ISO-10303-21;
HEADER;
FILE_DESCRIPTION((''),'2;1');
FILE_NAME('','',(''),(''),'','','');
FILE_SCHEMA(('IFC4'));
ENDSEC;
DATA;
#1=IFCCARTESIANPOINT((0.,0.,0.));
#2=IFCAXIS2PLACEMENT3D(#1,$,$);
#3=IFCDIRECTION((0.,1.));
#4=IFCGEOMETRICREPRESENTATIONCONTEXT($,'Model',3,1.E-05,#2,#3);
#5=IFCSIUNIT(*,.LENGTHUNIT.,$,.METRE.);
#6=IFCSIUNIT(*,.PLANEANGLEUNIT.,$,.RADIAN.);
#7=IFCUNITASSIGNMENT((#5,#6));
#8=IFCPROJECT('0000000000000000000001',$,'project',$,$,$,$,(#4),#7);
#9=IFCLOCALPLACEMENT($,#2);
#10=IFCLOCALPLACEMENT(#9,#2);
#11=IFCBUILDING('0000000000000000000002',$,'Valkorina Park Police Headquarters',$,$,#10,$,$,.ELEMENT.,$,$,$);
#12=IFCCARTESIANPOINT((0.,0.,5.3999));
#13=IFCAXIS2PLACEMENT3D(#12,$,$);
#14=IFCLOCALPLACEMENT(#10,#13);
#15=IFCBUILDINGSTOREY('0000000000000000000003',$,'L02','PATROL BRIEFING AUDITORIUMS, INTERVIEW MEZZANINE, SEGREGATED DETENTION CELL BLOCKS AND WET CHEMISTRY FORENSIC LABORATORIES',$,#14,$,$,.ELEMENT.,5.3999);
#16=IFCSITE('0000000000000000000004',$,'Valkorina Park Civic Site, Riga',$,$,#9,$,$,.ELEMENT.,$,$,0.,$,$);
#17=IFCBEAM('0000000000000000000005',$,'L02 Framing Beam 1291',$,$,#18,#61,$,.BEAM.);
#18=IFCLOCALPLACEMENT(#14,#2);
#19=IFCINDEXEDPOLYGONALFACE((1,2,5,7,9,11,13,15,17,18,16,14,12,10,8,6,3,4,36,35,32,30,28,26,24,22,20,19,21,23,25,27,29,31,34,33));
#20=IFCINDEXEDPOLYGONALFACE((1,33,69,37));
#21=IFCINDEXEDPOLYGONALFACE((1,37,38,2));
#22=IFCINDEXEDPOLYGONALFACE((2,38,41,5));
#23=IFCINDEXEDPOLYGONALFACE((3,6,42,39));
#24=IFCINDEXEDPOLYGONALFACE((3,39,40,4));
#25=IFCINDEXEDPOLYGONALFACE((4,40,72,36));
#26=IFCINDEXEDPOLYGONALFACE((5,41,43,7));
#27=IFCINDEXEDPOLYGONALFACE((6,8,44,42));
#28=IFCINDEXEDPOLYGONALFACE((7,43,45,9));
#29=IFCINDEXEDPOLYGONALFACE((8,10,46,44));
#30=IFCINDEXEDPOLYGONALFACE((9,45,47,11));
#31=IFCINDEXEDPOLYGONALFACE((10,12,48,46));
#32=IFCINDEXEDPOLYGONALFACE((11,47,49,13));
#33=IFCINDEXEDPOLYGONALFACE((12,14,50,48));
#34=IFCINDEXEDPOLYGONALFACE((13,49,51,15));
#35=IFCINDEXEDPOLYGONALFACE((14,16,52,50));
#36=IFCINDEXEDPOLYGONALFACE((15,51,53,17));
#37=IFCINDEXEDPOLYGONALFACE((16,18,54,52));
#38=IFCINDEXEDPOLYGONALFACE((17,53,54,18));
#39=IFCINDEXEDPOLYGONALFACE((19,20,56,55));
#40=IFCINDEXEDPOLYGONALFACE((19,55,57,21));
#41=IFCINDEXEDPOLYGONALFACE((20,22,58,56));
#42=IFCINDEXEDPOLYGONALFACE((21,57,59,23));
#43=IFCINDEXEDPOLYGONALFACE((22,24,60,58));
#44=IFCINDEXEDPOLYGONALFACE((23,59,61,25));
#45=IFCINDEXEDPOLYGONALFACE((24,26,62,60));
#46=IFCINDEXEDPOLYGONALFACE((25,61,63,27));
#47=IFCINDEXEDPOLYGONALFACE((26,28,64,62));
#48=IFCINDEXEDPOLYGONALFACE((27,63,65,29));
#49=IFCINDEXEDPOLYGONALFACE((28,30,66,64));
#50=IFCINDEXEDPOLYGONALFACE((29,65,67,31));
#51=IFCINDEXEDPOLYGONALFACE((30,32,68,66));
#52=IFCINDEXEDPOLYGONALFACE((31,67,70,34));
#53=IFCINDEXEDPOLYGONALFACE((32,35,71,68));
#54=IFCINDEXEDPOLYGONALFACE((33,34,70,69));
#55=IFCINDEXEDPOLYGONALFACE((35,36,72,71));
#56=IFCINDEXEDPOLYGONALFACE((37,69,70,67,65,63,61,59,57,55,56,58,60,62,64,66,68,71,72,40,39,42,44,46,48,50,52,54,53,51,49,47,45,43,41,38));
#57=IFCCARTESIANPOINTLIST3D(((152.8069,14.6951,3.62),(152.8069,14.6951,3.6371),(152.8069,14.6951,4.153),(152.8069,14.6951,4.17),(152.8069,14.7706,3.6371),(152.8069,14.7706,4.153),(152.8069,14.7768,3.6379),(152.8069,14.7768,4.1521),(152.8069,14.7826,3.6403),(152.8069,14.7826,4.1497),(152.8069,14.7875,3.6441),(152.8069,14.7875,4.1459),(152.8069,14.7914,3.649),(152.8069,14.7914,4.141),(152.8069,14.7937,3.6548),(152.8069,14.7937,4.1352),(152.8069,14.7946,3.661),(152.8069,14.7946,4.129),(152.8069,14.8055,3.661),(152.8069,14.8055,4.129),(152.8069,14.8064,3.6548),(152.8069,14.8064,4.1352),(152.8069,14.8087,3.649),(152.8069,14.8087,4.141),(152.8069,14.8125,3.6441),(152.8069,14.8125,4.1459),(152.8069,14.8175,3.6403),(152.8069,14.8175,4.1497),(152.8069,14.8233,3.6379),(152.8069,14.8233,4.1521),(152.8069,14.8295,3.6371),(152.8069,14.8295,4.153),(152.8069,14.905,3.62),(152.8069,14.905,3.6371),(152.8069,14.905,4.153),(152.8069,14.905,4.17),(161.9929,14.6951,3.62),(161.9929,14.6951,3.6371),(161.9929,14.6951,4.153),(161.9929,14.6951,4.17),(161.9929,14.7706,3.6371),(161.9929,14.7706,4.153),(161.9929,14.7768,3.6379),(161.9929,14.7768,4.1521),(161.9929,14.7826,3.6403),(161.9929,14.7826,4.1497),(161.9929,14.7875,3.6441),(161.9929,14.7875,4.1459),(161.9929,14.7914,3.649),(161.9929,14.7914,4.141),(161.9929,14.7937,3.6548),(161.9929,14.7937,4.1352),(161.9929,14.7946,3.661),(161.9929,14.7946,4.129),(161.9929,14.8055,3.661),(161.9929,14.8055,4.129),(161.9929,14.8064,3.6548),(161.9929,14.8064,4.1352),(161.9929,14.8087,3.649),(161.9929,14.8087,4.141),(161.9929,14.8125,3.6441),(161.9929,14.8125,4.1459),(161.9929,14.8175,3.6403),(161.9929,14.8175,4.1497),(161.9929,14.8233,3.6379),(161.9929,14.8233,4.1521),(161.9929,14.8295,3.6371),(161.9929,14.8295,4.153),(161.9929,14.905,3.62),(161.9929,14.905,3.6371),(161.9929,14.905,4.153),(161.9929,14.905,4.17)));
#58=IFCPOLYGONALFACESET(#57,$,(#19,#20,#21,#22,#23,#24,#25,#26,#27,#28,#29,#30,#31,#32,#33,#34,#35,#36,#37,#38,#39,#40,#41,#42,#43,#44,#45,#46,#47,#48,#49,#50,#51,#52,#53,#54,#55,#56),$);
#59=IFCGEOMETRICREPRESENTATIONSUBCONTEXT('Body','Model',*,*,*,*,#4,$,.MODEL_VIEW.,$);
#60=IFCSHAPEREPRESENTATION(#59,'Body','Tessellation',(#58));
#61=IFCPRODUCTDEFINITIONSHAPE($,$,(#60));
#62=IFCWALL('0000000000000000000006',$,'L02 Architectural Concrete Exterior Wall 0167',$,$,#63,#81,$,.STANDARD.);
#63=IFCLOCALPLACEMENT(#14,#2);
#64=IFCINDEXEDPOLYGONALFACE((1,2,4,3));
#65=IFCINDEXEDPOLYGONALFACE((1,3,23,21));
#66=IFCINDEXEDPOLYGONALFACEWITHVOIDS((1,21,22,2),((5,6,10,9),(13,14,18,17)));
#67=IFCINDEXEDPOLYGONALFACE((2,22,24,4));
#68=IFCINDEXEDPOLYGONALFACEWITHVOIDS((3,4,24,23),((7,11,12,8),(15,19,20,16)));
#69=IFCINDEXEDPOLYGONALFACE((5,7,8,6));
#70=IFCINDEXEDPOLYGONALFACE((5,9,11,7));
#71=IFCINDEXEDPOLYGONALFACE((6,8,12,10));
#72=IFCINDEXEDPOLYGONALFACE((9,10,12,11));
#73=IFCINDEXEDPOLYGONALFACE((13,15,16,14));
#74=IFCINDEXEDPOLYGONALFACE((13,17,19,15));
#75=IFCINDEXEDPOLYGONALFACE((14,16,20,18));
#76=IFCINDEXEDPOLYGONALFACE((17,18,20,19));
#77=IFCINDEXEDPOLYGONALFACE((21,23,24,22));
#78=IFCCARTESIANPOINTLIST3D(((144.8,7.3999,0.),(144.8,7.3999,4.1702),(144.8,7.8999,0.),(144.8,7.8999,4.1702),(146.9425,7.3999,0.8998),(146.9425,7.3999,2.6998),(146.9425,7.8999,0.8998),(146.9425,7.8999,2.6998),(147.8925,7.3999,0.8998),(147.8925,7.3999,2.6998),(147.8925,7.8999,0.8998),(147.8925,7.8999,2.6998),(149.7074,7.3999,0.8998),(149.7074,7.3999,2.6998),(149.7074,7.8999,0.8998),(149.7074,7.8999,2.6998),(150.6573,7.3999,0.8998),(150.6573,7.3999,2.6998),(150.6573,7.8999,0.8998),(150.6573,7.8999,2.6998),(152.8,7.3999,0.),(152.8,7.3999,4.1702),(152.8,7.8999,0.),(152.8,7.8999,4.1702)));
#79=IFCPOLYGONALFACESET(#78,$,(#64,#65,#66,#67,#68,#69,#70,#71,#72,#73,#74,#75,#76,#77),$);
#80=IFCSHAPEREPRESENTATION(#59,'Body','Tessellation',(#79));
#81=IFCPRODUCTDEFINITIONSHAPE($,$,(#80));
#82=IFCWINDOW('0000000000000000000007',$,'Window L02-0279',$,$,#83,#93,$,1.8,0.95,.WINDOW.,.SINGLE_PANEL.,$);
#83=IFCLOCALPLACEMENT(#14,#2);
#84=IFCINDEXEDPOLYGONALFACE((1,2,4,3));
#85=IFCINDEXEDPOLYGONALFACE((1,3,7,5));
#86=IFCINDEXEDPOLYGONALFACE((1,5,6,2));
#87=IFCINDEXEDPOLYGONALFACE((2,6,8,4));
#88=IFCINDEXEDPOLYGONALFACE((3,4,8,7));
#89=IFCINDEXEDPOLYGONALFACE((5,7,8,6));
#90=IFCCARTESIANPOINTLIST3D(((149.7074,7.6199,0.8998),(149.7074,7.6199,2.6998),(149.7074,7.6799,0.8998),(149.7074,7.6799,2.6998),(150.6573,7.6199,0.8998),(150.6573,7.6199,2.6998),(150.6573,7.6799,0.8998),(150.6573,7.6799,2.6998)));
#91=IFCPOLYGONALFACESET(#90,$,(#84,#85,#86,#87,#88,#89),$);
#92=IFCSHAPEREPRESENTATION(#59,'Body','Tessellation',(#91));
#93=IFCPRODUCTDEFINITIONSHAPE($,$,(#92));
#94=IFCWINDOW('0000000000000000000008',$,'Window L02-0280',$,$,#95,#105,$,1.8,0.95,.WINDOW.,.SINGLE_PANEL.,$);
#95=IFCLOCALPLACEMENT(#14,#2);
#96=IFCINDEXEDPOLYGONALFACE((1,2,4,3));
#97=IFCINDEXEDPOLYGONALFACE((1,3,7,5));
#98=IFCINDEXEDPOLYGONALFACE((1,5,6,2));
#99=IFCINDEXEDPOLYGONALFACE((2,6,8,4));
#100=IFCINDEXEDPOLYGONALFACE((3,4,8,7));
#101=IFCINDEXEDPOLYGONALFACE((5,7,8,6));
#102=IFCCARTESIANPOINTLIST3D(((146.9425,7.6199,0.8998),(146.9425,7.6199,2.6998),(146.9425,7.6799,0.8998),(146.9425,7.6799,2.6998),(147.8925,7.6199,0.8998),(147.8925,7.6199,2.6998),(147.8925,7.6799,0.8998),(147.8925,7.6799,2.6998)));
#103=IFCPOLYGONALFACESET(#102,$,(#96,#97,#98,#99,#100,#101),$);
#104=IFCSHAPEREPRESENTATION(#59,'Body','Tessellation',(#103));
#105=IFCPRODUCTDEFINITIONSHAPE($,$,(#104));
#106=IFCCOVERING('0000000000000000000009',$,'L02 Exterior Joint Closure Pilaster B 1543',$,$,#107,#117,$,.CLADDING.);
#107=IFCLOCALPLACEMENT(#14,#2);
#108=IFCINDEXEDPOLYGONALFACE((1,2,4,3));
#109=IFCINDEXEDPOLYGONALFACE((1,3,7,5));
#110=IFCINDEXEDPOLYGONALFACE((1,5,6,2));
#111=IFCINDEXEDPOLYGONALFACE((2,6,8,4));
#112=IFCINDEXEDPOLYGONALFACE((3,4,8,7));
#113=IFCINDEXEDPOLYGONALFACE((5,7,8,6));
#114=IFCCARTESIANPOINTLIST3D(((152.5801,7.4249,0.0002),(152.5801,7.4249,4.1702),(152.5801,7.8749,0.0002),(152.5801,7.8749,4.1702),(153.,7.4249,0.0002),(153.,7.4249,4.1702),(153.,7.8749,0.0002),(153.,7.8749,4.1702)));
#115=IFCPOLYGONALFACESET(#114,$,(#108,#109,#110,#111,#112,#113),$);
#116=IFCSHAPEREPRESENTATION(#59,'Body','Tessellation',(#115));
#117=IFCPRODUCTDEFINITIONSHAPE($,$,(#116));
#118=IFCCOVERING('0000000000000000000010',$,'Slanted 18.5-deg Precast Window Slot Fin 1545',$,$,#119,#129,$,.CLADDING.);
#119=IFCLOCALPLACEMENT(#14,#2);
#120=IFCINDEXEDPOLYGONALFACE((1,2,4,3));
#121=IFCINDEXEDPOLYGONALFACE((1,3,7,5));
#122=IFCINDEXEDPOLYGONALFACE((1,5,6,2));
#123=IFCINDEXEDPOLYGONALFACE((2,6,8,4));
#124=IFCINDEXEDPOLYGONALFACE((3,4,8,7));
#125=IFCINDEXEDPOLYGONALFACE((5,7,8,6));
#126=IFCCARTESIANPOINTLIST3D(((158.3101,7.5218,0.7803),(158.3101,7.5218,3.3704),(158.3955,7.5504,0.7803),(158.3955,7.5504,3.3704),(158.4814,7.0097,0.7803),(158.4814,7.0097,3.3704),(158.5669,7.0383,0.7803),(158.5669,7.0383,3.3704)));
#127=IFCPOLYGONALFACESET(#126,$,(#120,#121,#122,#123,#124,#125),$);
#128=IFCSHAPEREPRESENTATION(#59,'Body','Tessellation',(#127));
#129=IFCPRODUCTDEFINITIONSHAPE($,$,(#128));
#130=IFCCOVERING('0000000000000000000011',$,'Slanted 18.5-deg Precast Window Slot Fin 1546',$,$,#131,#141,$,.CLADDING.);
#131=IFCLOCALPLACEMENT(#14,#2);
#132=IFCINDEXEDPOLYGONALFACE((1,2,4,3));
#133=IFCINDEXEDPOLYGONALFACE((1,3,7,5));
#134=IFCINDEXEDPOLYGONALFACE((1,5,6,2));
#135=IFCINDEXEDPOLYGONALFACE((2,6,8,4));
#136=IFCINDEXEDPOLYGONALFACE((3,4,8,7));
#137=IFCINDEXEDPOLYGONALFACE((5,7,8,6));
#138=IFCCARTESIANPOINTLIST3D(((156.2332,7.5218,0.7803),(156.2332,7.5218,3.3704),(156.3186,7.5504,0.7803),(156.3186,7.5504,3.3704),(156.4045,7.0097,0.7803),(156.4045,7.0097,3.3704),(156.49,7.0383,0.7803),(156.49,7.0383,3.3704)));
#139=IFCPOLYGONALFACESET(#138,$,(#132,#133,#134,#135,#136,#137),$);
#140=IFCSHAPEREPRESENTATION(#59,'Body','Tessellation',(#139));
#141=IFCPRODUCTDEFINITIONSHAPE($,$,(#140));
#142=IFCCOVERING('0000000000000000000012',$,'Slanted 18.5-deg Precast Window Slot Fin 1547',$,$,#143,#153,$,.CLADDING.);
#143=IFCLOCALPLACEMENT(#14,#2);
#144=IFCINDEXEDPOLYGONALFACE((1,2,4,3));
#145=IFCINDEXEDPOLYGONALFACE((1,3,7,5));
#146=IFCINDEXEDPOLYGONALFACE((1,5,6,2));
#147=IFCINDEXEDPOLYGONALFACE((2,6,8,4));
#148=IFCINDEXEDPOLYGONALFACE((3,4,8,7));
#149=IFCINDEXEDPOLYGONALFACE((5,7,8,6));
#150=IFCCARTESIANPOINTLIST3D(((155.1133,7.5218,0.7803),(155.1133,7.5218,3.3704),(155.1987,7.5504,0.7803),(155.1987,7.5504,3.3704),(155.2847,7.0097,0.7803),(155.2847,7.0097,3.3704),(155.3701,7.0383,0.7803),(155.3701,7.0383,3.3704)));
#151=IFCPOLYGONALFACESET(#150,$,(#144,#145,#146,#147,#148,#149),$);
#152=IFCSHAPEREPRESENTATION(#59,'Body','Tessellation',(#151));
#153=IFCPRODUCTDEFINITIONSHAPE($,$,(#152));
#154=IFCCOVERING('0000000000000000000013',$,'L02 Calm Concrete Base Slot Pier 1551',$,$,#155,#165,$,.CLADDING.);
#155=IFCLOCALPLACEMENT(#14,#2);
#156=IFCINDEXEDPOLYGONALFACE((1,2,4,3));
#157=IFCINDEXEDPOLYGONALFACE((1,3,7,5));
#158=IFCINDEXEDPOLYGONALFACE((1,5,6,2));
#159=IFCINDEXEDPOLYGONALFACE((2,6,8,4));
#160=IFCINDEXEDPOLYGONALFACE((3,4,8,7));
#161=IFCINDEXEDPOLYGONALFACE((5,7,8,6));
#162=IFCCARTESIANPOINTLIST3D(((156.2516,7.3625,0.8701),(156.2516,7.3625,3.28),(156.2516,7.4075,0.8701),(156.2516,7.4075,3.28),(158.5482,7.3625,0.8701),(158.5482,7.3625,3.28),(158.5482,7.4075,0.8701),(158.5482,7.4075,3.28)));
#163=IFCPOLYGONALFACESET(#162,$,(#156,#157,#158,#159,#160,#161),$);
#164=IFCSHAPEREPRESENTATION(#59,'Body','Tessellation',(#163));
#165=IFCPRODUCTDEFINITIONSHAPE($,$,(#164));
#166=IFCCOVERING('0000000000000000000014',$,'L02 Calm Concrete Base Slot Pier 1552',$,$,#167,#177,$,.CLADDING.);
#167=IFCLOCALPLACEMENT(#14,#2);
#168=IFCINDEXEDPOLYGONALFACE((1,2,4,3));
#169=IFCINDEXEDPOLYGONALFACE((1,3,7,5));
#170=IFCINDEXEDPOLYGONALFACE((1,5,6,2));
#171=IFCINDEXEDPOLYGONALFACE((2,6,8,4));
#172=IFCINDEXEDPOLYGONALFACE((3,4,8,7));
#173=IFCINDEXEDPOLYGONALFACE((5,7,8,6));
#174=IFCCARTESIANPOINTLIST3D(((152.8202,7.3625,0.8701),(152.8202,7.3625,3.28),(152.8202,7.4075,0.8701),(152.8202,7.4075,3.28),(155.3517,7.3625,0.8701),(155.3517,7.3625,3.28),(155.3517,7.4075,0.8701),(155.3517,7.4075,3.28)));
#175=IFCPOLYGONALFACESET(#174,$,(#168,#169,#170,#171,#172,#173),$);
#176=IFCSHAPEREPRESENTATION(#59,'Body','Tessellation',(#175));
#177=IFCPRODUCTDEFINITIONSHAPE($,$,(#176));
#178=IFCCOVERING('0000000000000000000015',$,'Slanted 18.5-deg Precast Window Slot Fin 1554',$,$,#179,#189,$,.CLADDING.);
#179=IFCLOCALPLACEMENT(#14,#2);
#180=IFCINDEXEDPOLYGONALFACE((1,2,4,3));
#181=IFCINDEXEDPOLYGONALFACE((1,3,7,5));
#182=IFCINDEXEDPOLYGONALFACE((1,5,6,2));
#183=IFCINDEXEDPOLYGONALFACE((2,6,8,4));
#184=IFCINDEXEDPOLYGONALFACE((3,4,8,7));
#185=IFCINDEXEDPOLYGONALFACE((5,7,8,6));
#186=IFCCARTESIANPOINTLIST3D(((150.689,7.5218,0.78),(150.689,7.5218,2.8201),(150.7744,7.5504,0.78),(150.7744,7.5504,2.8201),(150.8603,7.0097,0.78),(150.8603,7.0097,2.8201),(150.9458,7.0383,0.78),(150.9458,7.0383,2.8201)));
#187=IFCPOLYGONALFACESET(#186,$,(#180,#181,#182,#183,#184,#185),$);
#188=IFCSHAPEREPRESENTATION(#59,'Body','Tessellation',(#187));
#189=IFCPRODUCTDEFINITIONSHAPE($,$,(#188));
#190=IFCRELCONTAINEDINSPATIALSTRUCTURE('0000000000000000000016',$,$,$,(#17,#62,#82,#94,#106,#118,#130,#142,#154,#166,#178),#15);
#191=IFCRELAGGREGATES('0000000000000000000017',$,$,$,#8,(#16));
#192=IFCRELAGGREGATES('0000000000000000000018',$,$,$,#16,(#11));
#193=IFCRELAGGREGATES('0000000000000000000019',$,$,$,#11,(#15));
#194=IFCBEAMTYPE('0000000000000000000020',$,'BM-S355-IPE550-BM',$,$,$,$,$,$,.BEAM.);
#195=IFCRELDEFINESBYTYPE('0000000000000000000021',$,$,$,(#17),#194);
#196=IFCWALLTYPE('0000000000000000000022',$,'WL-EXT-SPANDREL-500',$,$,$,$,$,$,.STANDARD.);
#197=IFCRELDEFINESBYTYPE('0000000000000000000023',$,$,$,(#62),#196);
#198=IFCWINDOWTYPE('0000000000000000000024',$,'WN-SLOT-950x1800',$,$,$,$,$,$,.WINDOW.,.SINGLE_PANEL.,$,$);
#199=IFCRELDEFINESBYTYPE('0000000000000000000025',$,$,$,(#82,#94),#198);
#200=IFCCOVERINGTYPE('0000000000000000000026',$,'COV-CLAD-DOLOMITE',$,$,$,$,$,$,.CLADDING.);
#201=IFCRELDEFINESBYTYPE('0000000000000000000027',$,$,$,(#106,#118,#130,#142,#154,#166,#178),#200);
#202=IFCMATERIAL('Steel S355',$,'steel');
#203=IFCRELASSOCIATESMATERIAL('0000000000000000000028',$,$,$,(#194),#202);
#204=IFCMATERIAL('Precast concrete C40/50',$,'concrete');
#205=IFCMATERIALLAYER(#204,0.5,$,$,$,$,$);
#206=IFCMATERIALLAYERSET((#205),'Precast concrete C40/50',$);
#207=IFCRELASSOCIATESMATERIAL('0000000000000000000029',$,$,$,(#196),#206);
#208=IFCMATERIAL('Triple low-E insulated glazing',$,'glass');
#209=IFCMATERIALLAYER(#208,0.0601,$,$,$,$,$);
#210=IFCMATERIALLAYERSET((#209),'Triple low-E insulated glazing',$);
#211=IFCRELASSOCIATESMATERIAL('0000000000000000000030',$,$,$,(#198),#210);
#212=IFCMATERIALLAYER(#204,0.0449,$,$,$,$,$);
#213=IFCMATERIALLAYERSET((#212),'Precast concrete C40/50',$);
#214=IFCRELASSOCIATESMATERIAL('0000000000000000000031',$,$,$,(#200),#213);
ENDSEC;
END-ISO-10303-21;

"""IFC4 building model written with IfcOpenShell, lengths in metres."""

from ifc_helpers import new_model, si_unit, direction, frame, frame_2d, origin, origin_2d, place, context, subcontext, project, spatial, rectangle, i_section, extrude, material, layer, layer_set, material_profile, profile_set, type_object, element, fill, save


model = new_model("IFC4")

# Units and contexts
model_context = context("Model", 3, precision=1e-05, world=origin(), true_north=direction((0.0, 1.0)))
body_context = subcontext(model_context, "Body", "Model", "MODEL_VIEW")
ifc_project = project(units=[si_unit("LENGTHUNIT", "METRE"), si_unit("PLANEANGLEUNIT", "RADIAN")], contexts=[model_context])

# Site, building, storey
site_placement = place(None, origin())
site = spatial("IfcSite", under=ifc_project, at=site_placement, Name="Valkorina Park Civic Site, Riga", CompositionType="ELEMENT", RefElevation=0.0)
building_placement = place(site_placement, origin())
building = spatial("IfcBuilding", under=site, at=building_placement, Name="Valkorina Park Police Headquarters", CompositionType="ELEMENT")
storey_placement = place(building_placement, frame((0.0, 0.0, 5.3999)))
storey = spatial("IfcBuildingStorey", under=building, at=storey_placement, Name="L02", Description="PATROL BRIEFING AUDITORIUMS, INTERVIEW MEZZANINE, SEGREGATED DETENTION CELL BLOCKS AND WET CHEMISTRY FORENSIC LABORATORIES", CompositionType="ELEMENT", Elevation=5.3999)

# Shared definitions
ifc_material_1 = material(Name="Steel S355", Category="steel")

# Beam
ifc_material_profile_1 = material_profile(ifc_material_1, i_section(OverallWidth=0.21, OverallDepth=0.55, WebThickness=0.011, FlangeThickness=0.0171, FilletRadius=0.0239, at=origin_2d()), Name="IPE 550")
ifc_profile_set_1 = profile_set([ifc_material_profile_1], Name="Steel S355")
beam_type_1 = type_object("IfcBeamType", Name="BM-S355-IPE550-BM", PredefinedType="BEAM", material=ifc_profile_set_1)
beam_1_placement = place(storey_placement, frame((152.8069, 14.8, 3.895), z_axis=(1.0, 0.0, 0.0), x_axis=(0.0, 1.0, 0.0)))
element("IfcBeam", 1, at=beam_1_placement, inside=storey, type_object=beam_type_1, Name="L02 Framing Beam 1291", PredefinedType="BEAM", context=body_context, shape_type="SweptSolid", body=[
    extrude(i_section(OverallWidth=0.21, OverallDepth=0.55, WebThickness=0.011, FlangeThickness=0.0171, FilletRadius=0.0239, at=origin_2d()), origin(), (0.0, 0.0, 1.0), 9.186),
])

# Wall, openings, windows
ifc_material_2 = material(Name="Precast concrete C40/50", Category="concrete")
ifc_layer_1 = layer(ifc_material_2, 0.5)
ifc_layer_set_1 = layer_set([ifc_layer_1], Name="Precast concrete C40/50")
wall_type = type_object("IfcWallType", Name="WL-EXT-SPANDREL-500", PredefinedType="STANDARD", material=ifc_layer_set_1)
wall_placement = place(storey_placement, frame((152.8, 7.6499, 0.0), z_axis=(0.0, 0.0, 1.0), x_axis=(-1.0, 0.0, 0.0)))
wall = element("IfcWall", 2, at=wall_placement, inside=storey, type_object=wall_type, Name="L02 Architectural Concrete Exterior Wall 0167", PredefinedType="STANDARD", context=body_context, shape_type="SweptSolid", body=[
    extrude(rectangle(XDim=8.0, YDim=0.5, at=frame_2d((4.0, 0.0))), origin(), (0.0, 0.0, 1.0), 4.1702),
])
opening_1_placement = place(wall_placement, frame((2.1426, 0.0, 0.8999)))
opening_1 = element("IfcOpeningElement", 3, at=opening_1_placement, cuts=wall, PredefinedType="OPENING", context=body_context, shape_type="SweptSolid", body=[
    extrude(rectangle(XDim=0.95, YDim=1.8, at=frame_2d((0.4751, 0.8999))), frame((0.0, 0.26, 0.0), z_axis=(0.0, -1.0, 0.0), x_axis=(1.0, 0.0, 0.0)), (0.0, 0.0, 1.0), 0.52),
])
opening_2_placement = place(wall_placement, frame((4.9075, 0.0, 0.8999)))
opening_2 = element("IfcOpeningElement", 4, at=opening_2_placement, cuts=wall, PredefinedType="OPENING", context=body_context, shape_type="SweptSolid", body=[
    extrude(rectangle(XDim=0.95, YDim=1.8, at=frame_2d((0.4751, 0.8999))), frame((0.0, 0.26, 0.0), z_axis=(0.0, -1.0, 0.0), x_axis=(1.0, 0.0, 0.0)), (0.0, 0.0, 1.0), 0.52),
])
ifc_material_3 = material(Name="Triple low-E insulated glazing", Category="glass")
ifc_layer_2 = layer(ifc_material_3, 0.0601)
ifc_layer_set_2 = layer_set([ifc_layer_2], Name="Triple low-E insulated glazing")
window_type = type_object("IfcWindowType", Name="WN-SLOT-950x1800", PartitioningType="SINGLE_PANEL", PredefinedType="WINDOW", material=ifc_layer_set_2)
window_1_placement = place(opening_1_placement, origin())
window_1 = element("IfcWindow", 5, at=window_1_placement, inside=storey, type_object=window_type, Name="Window L02-0279", OverallHeight=1.8, OverallWidth=0.95, PartitioningType="SINGLE_PANEL", PredefinedType="WINDOW", context=body_context, shape_type="SweptSolid", body=[
    extrude(rectangle(XDim=0.95, YDim=1.8, at=frame_2d((0.4751, 0.8999))), frame((0.0, 0.03, 0.0), z_axis=(0.0, -1.0, 0.0), x_axis=(1.0, 0.0, 0.0)), (0.0, 0.0, 1.0), 0.0601),
])
fill(opening_1, window_1)
window_2_placement = place(opening_2_placement, origin())
window_2 = element("IfcWindow", 6, at=window_2_placement, inside=storey, type_object=window_type, Name="Window L02-0280", OverallHeight=1.8, OverallWidth=0.95, PartitioningType="SINGLE_PANEL", PredefinedType="WINDOW", context=body_context, shape_type="SweptSolid", body=[
    extrude(rectangle(XDim=0.95, YDim=1.8, at=frame_2d((0.4751, 0.8999))), frame((0.0, 0.03, 0.0), z_axis=(0.0, -1.0, 0.0), x_axis=(1.0, 0.0, 0.0)), (0.0, 0.0, 1.0), 0.0601),
])
fill(opening_2, window_2)

# Coverings
ifc_layer_3 = layer(ifc_material_2, 0.0449)
ifc_layer_set_3 = layer_set([ifc_layer_3], Name="Precast concrete C40/50")
covering_type = type_object("IfcCoveringType", Name="COV-CLAD-DOLOMITE", PredefinedType="CLADDING", material=ifc_layer_set_3)
covering_1_placement = place(storey_placement, frame((152.79, 7.6499, 0.0002), z_axis=(0.0, 0.0, 1.0), x_axis=(1.0, 0.0, 0.0)))
element("IfcCovering", 7, at=covering_1_placement, inside=storey, type_object=covering_type, Name="L02 Exterior Joint Closure Pilaster B 1543", PredefinedType="CLADDING", context=body_context, shape_type="SweptSolid", body=[
    extrude(rectangle(XDim=0.4199, YDim=0.45, at=origin_2d()), origin(), (0.0, 0.0, 1.0), 4.1699),
])
for number, where, z_axis, x_axis, name in (
    (8, (158.4385, 7.28, 0.7803), (0.0, 0.0, 1.0), (0.317305, -0.948324, 0.0), "Slanted 18.5-deg Precast Window Slot Fin 1545"),
    (9, (156.3616, 7.28, 0.7803), (0.0, 0.0, 1.0), (0.317305, -0.948324, 0.0), "Slanted 18.5-deg Precast Window Slot Fin 1546"),
    (10, (155.2417, 7.28, 0.7803), (0.0, 0.0, 1.0), (0.317305, -0.948324, 0.0), "Slanted 18.5-deg Precast Window Slot Fin 1547"),
):
    element("IfcCovering", number, at=place(storey_placement, frame(where, z_axis=z_axis, x_axis=x_axis)), inside=storey, type_object=covering_type, Name=name, PredefinedType="CLADDING", context=body_context, shape_type="SweptSolid", body=[
        extrude(rectangle(XDim=0.54, YDim=0.0901, at=origin_2d()), origin(), (0.0, 0.0, 1.0), 2.5901),
    ])
covering_2_placement = place(storey_placement, frame((158.5483, 7.385, 0.8701), z_axis=(0.0, 0.0, 1.0), x_axis=(-1.0, 0.0, 0.0)))
element("IfcCovering", 11, at=covering_2_placement, inside=storey, type_object=covering_type, Name="L02 Calm Concrete Base Slot Pier 1551", PredefinedType="CLADDING", context=body_context, shape_type="SweptSolid", body=[
    extrude(rectangle(XDim=2.2966, YDim=0.0449, at=frame_2d((1.1484, 0.0))), origin(), (0.0, 0.0, 1.0), 2.4099),
])
covering_3_placement = place(storey_placement, frame((155.3516, 7.385, 0.8701), z_axis=(0.0, 0.0, 1.0), x_axis=(-1.0, 0.0, 0.0)))
element("IfcCovering", 12, at=covering_3_placement, inside=storey, type_object=covering_type, Name="L02 Calm Concrete Base Slot Pier 1552", PredefinedType="CLADDING", context=body_context, shape_type="SweptSolid", body=[
    extrude(rectangle(XDim=2.5315, YDim=0.0449, at=frame_2d((1.2656, 0.0))), origin(), (0.0, 0.0, 1.0), 2.4099),
])
covering_4_placement = place(storey_placement, frame((150.8174, 7.28, 0.78), z_axis=(0.0, 0.0, 1.0), x_axis=(0.317305, -0.948324, 0.0)))
element("IfcCovering", 13, at=covering_4_placement, inside=storey, type_object=covering_type, Name="Slanted 18.5-deg Precast Window Slot Fin 1554", PredefinedType="CLADDING", context=body_context, shape_type="SweptSolid", body=[
    extrude(rectangle(XDim=0.54, YDim=0.0901, at=origin_2d()), origin(), (0.0, 0.0, 1.0), 2.04),
])

save(model, "model.ifc")
